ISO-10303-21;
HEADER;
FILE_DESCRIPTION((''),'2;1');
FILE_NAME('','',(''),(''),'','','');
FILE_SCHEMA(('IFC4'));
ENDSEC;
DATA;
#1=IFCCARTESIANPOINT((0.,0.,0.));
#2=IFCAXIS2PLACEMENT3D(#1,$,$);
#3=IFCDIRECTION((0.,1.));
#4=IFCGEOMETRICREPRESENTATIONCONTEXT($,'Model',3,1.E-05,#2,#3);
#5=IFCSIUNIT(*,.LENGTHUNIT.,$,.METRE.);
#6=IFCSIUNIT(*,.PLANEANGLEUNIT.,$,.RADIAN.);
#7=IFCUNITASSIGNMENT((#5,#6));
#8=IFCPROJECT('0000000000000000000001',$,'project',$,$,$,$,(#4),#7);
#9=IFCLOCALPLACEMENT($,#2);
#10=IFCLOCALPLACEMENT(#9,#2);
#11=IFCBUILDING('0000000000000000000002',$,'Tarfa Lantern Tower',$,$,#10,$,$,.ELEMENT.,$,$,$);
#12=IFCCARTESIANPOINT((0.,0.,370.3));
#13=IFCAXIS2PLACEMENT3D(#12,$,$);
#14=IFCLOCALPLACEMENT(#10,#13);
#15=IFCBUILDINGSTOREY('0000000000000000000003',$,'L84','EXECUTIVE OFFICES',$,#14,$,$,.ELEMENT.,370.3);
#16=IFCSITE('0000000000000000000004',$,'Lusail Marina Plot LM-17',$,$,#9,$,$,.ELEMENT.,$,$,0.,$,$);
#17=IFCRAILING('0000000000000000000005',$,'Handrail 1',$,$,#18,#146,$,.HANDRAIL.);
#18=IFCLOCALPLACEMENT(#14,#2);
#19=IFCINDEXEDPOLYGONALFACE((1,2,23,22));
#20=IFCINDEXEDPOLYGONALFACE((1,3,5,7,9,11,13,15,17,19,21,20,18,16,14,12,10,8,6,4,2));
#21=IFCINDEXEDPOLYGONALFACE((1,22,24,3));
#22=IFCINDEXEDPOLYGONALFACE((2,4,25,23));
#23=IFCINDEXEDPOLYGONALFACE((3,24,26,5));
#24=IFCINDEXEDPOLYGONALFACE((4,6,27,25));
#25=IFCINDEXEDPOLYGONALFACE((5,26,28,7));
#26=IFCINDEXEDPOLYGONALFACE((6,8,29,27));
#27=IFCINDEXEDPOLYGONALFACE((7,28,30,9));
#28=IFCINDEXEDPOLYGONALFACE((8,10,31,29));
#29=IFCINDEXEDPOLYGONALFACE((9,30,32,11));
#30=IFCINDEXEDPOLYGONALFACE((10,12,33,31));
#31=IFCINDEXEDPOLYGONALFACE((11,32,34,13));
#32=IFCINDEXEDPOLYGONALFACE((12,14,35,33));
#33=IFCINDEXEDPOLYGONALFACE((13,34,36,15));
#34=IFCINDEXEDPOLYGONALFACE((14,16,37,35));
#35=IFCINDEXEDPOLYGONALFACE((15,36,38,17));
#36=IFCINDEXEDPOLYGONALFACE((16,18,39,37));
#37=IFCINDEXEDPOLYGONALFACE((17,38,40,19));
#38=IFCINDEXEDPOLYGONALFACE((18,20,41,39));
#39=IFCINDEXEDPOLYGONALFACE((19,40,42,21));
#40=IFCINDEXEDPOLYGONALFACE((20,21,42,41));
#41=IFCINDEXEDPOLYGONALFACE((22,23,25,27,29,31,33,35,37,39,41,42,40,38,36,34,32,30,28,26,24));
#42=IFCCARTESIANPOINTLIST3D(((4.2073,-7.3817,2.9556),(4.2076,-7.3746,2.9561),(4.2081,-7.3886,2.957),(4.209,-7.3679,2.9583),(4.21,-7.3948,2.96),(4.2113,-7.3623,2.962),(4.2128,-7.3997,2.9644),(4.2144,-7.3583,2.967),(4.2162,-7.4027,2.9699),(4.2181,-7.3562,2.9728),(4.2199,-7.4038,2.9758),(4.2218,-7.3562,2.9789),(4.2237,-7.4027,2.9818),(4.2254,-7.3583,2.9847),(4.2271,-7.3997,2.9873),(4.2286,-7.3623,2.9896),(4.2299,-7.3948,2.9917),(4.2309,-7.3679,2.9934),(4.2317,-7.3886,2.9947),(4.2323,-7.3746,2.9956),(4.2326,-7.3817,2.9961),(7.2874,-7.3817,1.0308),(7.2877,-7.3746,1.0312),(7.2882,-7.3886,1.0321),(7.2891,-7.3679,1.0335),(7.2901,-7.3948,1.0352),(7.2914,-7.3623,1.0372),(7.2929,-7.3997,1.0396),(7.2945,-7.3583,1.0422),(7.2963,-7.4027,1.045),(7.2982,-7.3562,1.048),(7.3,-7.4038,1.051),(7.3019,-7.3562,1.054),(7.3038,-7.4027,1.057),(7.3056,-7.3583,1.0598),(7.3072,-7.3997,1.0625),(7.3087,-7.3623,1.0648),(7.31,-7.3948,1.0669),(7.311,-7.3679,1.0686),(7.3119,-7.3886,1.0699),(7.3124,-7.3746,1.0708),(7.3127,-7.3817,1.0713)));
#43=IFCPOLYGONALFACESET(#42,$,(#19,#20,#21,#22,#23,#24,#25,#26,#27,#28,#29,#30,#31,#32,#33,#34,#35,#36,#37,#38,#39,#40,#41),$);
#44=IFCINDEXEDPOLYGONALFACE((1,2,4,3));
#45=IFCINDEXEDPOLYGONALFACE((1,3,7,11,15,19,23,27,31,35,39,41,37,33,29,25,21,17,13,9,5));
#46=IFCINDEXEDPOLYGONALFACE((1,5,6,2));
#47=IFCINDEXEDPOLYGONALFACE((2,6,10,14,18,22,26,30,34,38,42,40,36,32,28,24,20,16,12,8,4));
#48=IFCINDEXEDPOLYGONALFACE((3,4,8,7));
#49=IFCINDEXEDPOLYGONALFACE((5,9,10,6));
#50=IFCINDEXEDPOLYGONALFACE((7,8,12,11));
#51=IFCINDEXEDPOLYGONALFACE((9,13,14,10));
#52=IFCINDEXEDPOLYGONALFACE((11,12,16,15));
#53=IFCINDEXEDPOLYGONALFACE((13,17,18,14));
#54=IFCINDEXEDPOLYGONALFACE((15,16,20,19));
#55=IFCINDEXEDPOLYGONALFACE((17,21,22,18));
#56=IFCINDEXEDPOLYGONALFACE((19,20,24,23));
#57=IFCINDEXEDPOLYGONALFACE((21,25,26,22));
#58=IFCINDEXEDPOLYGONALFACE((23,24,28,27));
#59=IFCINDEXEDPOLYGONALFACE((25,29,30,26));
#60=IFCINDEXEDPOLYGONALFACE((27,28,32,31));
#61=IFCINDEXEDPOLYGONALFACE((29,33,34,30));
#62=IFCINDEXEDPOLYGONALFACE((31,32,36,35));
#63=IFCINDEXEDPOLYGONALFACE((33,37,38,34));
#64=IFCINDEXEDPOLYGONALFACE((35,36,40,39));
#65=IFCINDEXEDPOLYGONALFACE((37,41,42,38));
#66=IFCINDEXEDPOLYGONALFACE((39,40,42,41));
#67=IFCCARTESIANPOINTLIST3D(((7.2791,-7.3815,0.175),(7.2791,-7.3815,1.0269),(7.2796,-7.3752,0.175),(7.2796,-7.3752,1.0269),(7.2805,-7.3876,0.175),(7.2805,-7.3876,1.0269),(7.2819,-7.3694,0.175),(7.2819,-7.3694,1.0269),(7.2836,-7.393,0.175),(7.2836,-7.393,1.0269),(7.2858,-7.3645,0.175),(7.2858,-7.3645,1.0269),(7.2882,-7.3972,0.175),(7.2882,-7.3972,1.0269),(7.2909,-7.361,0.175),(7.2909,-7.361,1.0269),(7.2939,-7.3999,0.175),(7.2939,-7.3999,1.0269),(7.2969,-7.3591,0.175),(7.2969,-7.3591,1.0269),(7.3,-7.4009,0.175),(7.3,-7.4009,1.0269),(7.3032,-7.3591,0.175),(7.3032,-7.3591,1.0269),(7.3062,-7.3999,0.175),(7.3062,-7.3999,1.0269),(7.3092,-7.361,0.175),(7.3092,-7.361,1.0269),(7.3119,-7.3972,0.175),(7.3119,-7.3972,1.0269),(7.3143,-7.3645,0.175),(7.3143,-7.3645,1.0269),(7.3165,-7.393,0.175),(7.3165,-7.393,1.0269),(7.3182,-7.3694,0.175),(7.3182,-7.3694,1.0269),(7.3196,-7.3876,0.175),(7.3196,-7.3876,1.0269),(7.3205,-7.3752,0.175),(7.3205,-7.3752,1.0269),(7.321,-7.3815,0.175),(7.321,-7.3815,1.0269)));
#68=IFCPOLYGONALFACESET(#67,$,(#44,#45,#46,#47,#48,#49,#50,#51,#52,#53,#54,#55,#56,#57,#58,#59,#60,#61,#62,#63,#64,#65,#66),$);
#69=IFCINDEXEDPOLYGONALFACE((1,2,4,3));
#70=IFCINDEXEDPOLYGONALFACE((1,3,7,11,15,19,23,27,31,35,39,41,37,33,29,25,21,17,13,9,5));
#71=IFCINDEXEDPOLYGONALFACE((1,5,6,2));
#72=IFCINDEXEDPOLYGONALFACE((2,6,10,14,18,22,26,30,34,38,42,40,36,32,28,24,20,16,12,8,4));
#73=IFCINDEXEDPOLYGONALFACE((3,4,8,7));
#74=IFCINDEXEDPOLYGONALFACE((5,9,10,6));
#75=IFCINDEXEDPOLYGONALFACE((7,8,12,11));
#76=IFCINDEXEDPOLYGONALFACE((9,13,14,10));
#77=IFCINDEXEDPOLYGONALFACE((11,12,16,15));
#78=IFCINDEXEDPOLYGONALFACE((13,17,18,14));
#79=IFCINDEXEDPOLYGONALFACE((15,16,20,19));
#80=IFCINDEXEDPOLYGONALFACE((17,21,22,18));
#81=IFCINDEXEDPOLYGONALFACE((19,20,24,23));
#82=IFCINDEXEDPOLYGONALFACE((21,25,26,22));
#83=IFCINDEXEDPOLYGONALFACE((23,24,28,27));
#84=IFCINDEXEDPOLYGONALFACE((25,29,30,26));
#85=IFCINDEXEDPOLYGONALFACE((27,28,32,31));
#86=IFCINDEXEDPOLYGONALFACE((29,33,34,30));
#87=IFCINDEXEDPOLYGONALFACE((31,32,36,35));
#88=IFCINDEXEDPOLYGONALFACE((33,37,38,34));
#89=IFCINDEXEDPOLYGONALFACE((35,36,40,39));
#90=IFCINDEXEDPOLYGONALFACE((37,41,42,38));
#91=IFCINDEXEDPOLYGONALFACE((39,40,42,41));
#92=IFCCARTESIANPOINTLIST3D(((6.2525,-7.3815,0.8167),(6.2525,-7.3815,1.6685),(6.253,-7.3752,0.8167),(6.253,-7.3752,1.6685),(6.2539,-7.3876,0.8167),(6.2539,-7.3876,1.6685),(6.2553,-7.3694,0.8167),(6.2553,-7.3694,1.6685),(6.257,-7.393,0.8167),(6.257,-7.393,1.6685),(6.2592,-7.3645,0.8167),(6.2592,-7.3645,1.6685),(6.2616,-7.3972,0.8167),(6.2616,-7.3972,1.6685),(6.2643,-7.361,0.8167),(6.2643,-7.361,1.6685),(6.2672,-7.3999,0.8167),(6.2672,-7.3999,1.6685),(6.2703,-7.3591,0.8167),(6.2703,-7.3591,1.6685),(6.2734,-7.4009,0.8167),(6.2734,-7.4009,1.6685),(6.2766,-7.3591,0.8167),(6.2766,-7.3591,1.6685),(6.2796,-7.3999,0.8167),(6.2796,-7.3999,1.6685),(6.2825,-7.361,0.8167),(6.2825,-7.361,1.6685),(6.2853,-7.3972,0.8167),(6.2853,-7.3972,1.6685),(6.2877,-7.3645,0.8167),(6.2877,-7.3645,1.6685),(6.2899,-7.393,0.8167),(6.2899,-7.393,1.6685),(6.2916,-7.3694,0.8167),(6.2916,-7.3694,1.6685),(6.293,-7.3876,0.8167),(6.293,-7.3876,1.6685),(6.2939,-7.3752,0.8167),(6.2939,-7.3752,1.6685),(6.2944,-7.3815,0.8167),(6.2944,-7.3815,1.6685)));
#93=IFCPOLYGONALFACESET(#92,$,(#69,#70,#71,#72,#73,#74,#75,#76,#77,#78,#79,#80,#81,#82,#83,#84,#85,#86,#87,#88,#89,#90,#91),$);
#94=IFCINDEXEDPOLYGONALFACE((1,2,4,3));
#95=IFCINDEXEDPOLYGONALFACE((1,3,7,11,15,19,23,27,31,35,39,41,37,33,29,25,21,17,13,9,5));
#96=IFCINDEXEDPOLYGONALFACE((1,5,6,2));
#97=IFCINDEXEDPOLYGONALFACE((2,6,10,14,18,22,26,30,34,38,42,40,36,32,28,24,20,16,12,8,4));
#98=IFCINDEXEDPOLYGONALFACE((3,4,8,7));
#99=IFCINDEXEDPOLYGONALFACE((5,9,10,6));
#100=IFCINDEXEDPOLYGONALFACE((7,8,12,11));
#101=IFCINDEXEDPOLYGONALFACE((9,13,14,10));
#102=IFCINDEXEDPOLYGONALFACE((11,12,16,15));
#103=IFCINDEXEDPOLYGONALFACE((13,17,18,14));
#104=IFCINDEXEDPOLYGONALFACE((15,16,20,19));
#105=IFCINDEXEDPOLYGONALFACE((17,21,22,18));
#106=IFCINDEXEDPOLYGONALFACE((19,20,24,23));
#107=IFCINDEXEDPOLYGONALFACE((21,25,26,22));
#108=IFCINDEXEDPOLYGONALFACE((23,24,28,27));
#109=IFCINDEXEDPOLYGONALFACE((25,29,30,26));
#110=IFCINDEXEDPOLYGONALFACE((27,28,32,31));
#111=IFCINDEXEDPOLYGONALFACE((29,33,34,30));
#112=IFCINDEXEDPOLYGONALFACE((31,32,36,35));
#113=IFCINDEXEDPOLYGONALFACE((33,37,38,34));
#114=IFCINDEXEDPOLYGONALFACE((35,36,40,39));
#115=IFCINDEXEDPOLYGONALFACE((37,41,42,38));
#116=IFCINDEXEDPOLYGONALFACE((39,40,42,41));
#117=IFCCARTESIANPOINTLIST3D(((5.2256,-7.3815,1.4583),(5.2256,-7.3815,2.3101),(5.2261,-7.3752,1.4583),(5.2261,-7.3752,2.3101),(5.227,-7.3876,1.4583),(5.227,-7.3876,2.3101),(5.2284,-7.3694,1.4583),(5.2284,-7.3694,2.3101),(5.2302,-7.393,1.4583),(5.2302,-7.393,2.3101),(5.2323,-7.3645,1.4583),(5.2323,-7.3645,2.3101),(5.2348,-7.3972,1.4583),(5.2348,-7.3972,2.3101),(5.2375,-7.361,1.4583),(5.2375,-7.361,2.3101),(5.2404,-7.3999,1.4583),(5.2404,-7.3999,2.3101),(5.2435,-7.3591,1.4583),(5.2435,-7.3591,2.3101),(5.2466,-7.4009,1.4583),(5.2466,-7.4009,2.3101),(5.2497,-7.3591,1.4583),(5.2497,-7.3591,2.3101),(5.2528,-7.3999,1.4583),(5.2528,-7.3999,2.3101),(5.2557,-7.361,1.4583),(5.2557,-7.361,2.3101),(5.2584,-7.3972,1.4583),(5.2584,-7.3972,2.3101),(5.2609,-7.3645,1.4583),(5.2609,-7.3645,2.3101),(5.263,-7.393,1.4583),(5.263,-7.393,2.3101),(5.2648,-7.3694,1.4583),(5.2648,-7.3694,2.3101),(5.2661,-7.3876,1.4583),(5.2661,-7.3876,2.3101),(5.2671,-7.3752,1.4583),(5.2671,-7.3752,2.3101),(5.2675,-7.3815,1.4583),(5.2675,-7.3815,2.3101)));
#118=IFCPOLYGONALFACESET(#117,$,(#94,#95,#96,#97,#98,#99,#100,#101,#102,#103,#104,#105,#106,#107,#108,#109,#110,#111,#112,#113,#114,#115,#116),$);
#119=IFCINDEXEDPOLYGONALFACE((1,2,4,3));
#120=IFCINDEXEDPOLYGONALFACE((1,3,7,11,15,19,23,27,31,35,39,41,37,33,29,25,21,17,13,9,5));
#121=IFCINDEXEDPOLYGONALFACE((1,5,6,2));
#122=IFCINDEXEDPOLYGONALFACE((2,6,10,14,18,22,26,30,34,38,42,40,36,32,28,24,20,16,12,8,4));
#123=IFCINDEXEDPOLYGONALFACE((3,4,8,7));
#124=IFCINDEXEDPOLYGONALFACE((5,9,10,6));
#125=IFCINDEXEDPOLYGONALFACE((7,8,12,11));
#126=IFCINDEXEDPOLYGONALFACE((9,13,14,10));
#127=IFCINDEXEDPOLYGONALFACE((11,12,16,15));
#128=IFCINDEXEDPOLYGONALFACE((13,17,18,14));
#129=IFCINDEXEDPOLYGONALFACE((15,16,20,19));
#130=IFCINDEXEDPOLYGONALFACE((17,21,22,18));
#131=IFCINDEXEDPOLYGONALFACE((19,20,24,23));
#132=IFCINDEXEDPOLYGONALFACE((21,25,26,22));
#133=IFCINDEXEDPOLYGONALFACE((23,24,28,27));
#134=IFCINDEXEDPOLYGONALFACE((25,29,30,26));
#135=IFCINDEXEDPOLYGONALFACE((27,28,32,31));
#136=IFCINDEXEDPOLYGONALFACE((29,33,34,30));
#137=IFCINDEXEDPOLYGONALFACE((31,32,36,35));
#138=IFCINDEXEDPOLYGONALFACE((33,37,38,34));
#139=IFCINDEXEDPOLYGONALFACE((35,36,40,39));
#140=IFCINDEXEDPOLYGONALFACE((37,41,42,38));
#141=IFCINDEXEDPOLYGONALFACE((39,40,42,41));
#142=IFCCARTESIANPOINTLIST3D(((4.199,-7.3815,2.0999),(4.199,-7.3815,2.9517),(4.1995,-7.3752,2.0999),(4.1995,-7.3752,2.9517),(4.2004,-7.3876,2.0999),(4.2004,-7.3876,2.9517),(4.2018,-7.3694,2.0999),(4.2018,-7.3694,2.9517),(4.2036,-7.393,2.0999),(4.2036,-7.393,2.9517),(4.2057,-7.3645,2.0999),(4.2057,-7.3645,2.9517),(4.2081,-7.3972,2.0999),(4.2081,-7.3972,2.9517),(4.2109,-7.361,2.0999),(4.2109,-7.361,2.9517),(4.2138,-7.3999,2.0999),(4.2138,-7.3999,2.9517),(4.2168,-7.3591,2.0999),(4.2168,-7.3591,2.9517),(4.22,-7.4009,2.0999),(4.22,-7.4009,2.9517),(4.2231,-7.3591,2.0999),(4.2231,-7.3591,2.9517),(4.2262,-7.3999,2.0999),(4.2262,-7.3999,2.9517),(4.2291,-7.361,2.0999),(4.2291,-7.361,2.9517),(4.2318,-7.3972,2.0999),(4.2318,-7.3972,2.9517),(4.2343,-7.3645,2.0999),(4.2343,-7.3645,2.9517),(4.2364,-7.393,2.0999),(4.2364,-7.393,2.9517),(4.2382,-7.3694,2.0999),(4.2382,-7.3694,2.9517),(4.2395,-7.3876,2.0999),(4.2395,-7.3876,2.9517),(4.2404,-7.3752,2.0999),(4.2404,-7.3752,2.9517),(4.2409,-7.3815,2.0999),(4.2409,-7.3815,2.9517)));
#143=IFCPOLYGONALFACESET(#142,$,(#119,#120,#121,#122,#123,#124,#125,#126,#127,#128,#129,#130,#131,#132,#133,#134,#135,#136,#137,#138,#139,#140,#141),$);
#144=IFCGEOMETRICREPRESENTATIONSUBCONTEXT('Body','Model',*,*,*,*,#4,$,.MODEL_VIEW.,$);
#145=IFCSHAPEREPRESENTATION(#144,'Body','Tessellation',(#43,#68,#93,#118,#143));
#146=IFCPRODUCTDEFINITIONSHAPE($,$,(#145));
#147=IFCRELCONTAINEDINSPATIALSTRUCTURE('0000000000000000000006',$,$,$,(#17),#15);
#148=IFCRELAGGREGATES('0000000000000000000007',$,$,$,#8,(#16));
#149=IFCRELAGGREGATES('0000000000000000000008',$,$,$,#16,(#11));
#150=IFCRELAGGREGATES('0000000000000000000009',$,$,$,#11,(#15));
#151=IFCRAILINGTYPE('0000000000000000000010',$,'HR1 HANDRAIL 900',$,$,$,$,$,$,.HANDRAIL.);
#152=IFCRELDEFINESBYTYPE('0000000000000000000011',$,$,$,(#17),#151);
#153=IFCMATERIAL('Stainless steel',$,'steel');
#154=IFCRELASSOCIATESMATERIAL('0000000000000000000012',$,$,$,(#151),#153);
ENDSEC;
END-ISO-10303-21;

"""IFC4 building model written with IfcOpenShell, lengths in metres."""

from ifc_helpers import new_model, si_unit, direction, frame, origin, origin_2d, place, context, subcontext, project, spatial, circle, extrude, material, type_object, element, save


model = new_model("IFC4")

# Units and contexts
model_context = context("Model", 3, precision=1e-05, world=origin(), true_north=direction((0.0, 1.0)))
body_context = subcontext(model_context, "Body", "Model", "MODEL_VIEW")
ifc_project = project(units=[si_unit("LENGTHUNIT", "METRE"), si_unit("PLANEANGLEUNIT", "RADIAN")], contexts=[model_context])

# Site, building, storey
site_placement = place(None, origin())
site = spatial("IfcSite", under=ifc_project, at=site_placement, Name="Lusail Marina Plot LM-17", CompositionType="ELEMENT", RefElevation=0.0)
building_placement = place(site_placement, origin())
building = spatial("IfcBuilding", under=site, at=building_placement, Name="Tarfa Lantern Tower", CompositionType="ELEMENT")
storey_placement = place(building_placement, frame((0.0, 0.0, 370.3)))
storey = spatial("IfcBuildingStorey", under=building, at=storey_placement, Name="L84", Description="EXECUTIVE OFFICES", CompositionType="ELEMENT", Elevation=370.3)

# Railing
ifc_material_1 = material(Name="Stainless steel", Category="steel")
railing_type = type_object("IfcRailingType", Name="HR1 HANDRAIL 900", PredefinedType="HANDRAIL", material=ifc_material_1)
railing_placement = place(storey_placement, frame((7.3, -7.3799, 0.175)))
element("IfcRailing", 1, at=railing_placement, inside=storey, type_object=railing_type, Name="Handrail 1", PredefinedType="HANDRAIL", context=body_context, shape_type="SweptSolid", body=[
    extrude(circle(Radius=0.0239, at=origin_2d()), frame((0.0, 0.0, 0.876), z_axis=(-0.848029, 0.0, 0.529951), x_axis=(0.0, -1.0, 0.0)), (0.0, 0.0, 1.0), 3.6321),
    extrude(circle(Radius=0.021, at=origin_2d()), frame((0.0, 0.0, 0.0), z_axis=(0.0, 0.0, 1.0), x_axis=(0.0, -1.0, 0.0)), (0.0, 0.0, 1.0), 0.8518),
    extrude(circle(Radius=0.021, at=origin_2d()), frame((-1.0266, 0.0, 0.6416), z_axis=(0.0, 0.0, 1.0), x_axis=(0.0, -1.0, 0.0)), (0.0, 0.0, 1.0), 0.8518),
    extrude(circle(Radius=0.021, at=origin_2d()), frame((-2.0535, 0.0, 1.2832), z_axis=(0.0, 0.0, 1.0), x_axis=(0.0, -1.0, 0.0)), (0.0, 0.0, 1.0), 0.8518),
    extrude(circle(Radius=0.021, at=origin_2d()), frame((-3.0801, 0.0, 1.9248), z_axis=(0.0, 0.0, 1.0), x_axis=(0.0, -1.0, 0.0)), (0.0, 0.0, 1.0), 0.8518),
])

save(model, "model.ifc")
